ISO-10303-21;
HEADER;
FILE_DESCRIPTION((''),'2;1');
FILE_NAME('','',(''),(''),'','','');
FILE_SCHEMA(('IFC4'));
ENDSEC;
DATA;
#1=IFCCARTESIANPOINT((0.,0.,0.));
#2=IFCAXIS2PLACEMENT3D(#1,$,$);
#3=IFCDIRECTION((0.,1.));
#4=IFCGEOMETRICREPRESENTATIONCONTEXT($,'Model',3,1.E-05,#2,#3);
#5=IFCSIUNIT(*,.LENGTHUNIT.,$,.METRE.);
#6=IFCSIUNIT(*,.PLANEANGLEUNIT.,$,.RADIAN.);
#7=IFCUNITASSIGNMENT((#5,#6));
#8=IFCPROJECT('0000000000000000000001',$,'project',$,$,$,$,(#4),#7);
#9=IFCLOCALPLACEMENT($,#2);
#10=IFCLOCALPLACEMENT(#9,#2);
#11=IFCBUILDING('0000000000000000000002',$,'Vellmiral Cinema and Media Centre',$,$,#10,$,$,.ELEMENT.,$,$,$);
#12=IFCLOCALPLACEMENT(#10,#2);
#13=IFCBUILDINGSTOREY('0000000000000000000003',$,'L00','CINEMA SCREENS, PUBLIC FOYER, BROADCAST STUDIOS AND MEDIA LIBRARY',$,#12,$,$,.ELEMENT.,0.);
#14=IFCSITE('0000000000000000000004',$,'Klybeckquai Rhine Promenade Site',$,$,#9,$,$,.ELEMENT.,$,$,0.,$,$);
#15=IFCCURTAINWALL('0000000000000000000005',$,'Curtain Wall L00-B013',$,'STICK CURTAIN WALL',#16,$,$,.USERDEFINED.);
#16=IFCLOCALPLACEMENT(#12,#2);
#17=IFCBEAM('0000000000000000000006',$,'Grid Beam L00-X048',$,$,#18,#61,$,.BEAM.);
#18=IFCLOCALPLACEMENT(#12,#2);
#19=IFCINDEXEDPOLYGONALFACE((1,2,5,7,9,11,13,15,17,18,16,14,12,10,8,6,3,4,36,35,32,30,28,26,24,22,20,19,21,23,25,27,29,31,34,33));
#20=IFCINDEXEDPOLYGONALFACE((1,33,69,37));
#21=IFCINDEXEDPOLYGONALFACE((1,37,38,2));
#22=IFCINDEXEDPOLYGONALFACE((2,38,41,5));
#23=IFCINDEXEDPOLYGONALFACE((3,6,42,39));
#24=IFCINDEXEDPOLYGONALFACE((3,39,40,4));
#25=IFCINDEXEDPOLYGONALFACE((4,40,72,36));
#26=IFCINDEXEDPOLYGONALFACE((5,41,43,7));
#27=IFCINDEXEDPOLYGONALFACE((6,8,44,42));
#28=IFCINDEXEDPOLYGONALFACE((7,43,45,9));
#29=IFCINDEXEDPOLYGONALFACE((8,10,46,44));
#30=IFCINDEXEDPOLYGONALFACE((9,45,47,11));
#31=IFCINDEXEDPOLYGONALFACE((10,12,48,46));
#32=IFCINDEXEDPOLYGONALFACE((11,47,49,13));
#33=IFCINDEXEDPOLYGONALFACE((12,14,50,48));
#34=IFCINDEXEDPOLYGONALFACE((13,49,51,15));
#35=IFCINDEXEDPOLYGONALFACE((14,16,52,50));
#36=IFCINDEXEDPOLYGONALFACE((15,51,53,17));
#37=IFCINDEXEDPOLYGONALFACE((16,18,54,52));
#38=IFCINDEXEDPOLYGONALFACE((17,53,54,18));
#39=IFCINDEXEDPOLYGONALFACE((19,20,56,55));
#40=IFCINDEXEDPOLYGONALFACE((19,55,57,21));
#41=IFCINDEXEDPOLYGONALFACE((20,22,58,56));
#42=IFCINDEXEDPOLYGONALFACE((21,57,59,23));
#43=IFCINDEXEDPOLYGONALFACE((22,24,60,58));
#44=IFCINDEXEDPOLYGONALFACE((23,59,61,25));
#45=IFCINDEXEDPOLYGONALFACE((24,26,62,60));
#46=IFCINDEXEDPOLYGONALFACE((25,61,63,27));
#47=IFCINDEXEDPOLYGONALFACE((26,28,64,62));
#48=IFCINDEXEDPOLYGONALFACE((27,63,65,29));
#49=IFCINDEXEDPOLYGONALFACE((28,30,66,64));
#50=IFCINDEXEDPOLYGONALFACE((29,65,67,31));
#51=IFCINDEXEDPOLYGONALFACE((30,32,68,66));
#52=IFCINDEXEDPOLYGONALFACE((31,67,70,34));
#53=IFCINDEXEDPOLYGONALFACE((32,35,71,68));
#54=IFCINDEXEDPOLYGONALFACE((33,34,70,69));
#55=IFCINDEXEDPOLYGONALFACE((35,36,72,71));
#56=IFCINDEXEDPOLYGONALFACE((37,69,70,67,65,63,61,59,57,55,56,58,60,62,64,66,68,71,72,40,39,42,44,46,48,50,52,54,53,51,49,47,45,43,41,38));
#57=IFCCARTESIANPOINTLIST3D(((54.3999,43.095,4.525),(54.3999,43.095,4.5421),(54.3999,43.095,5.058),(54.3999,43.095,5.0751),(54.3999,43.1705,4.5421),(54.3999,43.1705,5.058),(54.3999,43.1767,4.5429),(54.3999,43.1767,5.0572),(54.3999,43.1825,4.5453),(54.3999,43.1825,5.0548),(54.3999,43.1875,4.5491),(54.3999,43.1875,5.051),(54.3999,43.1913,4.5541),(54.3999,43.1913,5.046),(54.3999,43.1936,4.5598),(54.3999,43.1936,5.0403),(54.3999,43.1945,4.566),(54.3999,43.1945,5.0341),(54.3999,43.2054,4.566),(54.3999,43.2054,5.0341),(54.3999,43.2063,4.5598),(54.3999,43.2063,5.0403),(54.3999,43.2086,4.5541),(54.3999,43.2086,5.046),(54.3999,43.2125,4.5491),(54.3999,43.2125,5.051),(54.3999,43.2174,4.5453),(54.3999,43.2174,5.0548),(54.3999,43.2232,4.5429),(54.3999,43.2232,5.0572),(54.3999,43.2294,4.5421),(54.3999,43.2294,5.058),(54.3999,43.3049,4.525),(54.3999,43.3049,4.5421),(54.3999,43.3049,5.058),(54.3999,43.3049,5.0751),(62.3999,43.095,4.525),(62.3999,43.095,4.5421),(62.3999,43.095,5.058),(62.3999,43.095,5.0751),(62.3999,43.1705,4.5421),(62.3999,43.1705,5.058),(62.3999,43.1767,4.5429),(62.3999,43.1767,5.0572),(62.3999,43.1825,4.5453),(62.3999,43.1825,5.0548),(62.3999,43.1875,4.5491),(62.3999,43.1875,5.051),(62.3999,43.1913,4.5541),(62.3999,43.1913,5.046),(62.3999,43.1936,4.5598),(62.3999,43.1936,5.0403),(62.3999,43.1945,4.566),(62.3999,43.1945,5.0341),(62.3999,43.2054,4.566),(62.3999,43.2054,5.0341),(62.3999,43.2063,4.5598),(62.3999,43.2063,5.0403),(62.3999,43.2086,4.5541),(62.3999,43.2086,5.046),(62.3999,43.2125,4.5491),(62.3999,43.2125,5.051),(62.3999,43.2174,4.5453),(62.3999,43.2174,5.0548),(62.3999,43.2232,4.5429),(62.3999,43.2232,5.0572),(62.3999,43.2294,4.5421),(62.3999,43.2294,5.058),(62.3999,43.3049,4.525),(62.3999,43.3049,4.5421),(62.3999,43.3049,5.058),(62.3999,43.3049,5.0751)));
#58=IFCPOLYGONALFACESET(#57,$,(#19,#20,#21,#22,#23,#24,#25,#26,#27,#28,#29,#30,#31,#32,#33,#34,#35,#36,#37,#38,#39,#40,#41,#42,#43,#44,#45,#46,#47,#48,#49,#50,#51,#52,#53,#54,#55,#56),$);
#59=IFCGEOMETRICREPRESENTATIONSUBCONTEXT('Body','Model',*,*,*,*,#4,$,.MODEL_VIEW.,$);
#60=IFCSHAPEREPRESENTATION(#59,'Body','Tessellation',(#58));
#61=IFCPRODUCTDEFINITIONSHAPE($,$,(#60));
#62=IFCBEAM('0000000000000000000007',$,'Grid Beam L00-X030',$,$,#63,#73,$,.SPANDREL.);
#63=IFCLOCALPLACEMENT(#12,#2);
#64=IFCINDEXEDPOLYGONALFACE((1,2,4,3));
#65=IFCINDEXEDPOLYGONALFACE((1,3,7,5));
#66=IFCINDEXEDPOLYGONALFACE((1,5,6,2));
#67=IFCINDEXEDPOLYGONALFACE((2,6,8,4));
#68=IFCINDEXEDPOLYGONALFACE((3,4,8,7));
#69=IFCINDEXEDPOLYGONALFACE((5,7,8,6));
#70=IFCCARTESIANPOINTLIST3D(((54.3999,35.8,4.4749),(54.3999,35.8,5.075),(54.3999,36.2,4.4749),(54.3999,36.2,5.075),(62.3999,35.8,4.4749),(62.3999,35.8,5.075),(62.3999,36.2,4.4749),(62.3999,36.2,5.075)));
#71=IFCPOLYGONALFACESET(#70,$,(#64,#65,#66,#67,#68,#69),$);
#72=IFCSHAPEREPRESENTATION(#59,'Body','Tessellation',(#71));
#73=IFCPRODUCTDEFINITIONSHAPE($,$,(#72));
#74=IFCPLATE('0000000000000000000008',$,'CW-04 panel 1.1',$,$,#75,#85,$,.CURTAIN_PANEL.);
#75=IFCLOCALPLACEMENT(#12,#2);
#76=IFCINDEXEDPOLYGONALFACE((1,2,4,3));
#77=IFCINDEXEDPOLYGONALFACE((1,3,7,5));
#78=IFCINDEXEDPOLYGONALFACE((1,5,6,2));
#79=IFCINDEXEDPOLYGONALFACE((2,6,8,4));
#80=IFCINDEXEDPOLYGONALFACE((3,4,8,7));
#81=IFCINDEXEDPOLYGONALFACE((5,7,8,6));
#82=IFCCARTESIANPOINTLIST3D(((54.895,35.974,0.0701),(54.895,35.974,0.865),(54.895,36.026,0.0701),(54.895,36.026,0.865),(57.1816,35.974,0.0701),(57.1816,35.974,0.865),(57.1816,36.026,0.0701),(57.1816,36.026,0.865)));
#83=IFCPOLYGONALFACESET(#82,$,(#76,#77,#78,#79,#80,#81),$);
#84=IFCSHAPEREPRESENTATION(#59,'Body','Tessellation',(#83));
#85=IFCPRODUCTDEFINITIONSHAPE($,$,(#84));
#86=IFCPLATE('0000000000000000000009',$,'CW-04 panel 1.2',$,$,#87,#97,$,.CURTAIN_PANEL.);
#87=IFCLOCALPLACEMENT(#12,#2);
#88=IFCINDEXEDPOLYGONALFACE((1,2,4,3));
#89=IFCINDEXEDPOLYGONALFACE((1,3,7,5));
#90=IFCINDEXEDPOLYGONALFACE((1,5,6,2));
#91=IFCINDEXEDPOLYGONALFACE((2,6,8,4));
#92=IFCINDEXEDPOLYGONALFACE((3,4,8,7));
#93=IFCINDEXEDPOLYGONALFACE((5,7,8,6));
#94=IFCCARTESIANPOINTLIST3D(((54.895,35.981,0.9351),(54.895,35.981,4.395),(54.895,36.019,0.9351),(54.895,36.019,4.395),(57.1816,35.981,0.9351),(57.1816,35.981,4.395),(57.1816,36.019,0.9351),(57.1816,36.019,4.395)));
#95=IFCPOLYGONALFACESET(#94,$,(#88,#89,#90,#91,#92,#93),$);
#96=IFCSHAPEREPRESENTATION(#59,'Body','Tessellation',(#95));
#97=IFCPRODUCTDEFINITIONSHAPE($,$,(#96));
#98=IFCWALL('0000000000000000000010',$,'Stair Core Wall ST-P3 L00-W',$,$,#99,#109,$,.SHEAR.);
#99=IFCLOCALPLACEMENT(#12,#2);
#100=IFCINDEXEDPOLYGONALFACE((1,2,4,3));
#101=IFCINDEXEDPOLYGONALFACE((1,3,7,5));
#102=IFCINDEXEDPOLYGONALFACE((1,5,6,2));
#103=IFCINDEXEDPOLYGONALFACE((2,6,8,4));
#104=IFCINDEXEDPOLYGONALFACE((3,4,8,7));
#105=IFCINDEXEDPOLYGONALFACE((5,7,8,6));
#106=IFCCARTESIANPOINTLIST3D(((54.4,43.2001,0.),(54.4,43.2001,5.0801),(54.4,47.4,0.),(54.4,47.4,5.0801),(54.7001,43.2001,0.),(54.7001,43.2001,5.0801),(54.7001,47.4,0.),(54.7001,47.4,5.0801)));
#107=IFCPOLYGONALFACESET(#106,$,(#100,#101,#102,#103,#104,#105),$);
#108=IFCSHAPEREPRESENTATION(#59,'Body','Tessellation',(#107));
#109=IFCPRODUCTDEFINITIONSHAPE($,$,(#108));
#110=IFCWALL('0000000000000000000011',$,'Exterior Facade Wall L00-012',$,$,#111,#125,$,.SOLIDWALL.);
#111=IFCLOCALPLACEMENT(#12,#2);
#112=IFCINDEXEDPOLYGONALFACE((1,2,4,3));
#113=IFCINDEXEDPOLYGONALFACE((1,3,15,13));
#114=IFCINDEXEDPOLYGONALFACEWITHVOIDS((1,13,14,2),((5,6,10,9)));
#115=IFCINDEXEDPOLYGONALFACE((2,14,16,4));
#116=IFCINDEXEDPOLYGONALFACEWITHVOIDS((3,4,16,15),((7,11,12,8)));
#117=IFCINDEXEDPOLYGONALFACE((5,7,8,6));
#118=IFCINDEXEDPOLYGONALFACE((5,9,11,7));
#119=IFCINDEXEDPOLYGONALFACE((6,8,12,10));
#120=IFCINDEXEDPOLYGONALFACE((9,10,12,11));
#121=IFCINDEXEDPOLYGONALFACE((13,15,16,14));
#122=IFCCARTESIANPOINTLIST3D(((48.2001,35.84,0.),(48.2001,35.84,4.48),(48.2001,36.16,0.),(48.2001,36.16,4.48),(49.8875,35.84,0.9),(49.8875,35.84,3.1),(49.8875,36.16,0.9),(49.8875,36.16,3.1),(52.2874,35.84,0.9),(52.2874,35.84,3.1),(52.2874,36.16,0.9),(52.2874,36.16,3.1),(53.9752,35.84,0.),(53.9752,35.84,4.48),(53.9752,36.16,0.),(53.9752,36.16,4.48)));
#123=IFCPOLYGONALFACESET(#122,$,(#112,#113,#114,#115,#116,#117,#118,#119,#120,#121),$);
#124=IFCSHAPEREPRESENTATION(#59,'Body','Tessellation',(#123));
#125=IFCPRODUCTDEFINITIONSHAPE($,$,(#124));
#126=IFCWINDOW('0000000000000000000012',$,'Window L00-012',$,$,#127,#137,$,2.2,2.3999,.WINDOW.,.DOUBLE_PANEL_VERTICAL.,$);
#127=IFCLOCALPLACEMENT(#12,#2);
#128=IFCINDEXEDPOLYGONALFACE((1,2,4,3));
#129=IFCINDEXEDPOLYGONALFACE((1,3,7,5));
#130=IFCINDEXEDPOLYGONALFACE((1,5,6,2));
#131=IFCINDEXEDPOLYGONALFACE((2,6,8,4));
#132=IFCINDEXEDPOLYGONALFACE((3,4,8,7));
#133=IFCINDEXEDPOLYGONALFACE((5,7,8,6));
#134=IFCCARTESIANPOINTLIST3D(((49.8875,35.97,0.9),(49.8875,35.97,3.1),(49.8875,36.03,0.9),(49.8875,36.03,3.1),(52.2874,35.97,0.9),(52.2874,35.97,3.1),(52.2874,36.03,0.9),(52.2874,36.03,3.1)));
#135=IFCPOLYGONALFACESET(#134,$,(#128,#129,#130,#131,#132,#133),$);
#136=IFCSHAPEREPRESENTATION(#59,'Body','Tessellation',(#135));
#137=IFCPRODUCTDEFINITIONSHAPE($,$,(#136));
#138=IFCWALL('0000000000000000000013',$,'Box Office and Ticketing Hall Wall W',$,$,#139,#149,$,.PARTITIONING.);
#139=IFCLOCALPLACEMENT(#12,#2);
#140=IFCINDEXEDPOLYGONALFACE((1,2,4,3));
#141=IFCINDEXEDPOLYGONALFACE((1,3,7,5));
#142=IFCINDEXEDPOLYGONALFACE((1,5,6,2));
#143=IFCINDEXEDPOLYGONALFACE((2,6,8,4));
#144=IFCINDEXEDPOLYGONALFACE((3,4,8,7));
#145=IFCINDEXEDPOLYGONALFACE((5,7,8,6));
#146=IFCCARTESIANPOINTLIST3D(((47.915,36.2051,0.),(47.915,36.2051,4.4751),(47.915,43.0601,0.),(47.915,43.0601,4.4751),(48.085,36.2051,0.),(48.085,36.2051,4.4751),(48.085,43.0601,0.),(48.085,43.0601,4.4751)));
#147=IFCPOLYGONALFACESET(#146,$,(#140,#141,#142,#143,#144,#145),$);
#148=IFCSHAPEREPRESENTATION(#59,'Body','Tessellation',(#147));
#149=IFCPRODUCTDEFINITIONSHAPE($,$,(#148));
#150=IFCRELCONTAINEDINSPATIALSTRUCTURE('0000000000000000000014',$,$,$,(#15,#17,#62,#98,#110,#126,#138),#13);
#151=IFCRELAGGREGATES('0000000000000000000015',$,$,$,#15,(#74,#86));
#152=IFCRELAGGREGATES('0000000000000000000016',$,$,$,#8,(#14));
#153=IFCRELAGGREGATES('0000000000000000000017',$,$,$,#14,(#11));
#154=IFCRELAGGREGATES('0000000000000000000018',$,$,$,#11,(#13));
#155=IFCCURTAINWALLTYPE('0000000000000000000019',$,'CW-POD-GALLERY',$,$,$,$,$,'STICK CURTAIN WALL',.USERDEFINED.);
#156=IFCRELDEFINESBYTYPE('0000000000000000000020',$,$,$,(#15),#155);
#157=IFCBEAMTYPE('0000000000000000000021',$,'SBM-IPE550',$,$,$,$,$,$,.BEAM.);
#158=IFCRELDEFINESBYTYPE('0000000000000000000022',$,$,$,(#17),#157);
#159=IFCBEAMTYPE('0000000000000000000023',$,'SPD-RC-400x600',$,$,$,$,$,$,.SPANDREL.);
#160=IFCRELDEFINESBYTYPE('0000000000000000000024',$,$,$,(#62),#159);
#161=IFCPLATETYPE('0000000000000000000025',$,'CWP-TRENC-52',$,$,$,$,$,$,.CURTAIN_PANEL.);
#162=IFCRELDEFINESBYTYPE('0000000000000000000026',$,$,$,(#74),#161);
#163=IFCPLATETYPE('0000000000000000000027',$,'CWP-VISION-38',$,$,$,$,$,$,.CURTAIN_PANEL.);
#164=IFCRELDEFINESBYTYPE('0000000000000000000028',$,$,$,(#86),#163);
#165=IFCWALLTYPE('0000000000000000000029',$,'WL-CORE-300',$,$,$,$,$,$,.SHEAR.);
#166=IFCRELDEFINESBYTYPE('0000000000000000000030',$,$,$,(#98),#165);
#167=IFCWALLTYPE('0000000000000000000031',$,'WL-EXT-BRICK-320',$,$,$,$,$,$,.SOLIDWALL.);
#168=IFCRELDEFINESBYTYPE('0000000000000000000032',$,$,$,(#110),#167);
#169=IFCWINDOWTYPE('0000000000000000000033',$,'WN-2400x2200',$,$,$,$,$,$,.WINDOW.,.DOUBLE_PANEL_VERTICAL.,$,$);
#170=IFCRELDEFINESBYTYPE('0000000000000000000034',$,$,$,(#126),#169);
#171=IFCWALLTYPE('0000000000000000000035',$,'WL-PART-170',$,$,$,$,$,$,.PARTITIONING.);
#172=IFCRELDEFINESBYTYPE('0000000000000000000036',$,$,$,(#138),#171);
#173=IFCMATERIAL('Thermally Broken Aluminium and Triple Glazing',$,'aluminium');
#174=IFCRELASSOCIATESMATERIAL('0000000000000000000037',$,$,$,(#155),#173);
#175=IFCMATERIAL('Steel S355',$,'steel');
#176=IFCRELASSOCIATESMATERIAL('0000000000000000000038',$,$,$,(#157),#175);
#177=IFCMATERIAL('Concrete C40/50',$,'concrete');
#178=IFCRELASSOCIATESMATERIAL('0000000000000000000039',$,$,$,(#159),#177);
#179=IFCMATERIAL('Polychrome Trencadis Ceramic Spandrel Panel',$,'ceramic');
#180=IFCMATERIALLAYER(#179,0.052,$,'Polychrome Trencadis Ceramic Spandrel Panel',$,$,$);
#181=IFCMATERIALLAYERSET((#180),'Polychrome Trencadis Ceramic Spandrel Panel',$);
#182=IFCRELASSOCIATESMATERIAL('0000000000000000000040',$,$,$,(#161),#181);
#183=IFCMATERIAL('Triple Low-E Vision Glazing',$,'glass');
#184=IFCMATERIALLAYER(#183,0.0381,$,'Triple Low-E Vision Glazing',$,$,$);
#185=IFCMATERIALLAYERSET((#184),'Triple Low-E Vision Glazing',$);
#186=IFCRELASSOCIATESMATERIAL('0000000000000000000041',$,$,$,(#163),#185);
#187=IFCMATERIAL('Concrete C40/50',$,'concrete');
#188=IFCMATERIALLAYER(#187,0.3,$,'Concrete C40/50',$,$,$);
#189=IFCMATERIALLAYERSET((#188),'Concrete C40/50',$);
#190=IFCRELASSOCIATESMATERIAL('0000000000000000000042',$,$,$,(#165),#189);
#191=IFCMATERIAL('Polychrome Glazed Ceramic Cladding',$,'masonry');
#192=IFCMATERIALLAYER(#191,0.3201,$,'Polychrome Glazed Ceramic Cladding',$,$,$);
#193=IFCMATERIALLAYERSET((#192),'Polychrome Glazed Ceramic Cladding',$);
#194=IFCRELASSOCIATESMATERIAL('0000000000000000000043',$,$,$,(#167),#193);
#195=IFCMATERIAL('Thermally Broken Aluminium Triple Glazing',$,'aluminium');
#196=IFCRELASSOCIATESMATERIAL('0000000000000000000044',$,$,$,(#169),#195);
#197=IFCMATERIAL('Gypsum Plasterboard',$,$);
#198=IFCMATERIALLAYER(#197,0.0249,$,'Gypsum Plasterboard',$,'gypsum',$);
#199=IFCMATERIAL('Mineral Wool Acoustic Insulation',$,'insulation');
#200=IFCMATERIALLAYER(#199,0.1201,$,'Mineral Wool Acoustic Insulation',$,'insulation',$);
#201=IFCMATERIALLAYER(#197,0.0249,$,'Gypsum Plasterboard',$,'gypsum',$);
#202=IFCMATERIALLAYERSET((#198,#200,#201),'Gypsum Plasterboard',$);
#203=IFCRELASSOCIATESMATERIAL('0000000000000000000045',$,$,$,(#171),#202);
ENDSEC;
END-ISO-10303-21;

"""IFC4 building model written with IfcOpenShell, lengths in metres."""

from ifc_helpers import new_model, si_unit, direction, frame, frame_2d, origin, origin_2d, place, context, subcontext, project, spatial, rectangle, i_section, extrude, material, layer, layer_set, material_profile, profile_set, type_object, element, fill, aggregate, save


model = new_model("IFC4")

# Units and contexts
model_context = context("Model", 3, precision=1e-05, world=origin(), true_north=direction((0.0, 1.0)))
body_context = subcontext(model_context, "Body", "Model", "MODEL_VIEW")
ifc_project = project(units=[si_unit("LENGTHUNIT", "METRE"), si_unit("PLANEANGLEUNIT", "RADIAN")], contexts=[model_context])

# Site, building, storey
site_placement = place(None, origin())
site = spatial("IfcSite", under=ifc_project, at=site_placement, Name="Klybeckquai Rhine Promenade Site", CompositionType="ELEMENT", RefElevation=0.0)
building_placement = place(site_placement, origin())
building = spatial("IfcBuilding", under=site, at=building_placement, Name="Vellmiral Cinema and Media Centre", CompositionType="ELEMENT")
storey_placement = place(building_placement, origin())
storey = spatial("IfcBuildingStorey", under=building, at=storey_placement, Name="L00", Description="CINEMA SCREENS, PUBLIC FOYER, BROADCAST STUDIOS AND MEDIA LIBRARY", CompositionType="ELEMENT", Elevation=0.0)

# Curtain wall
ifc_material_1 = material(Name="Thermally Broken Aluminium and Triple Glazing", Category="aluminium")
curtain_wall_type = type_object("IfcCurtainWallType", Name="CW-POD-GALLERY", ElementType="STICK CURTAIN WALL", PredefinedType="USERDEFINED", material=ifc_material_1)
curtain_wall_placement = place(storey_placement, origin())
curtain_wall = element("IfcCurtainWall", 1, at=curtain_wall_placement, inside=storey, type_object=curtain_wall_type, Name="Curtain Wall L00-B013", ObjectType="STICK CURTAIN WALL", PredefinedType="USERDEFINED")

# Beams
ifc_material_2 = material(Name="Steel S355", Category="steel")
ifc_material_profile_1 = material_profile(ifc_material_2, i_section(OverallWidth=0.21, OverallDepth=0.55, WebThickness=0.011, FlangeThickness=0.0171, FilletRadius=0.0239, at=origin_2d()), Name="IPE 550")
ifc_profile_set_1 = profile_set([ifc_material_profile_1], Name="Steel S355")
beam_type_1 = type_object("IfcBeamType", Name="SBM-IPE550", PredefinedType="BEAM", material=ifc_profile_set_1)
beam_1_placement = place(storey_placement, frame((54.3999, 43.2, 4.8), z_axis=(1.0, 0.0, 0.0), x_axis=(0.0, 1.0, 0.0)))
element("IfcBeam", 2, at=beam_1_placement, inside=storey, type_object=beam_type_1, Name="Grid Beam L00-X048", PredefinedType="BEAM", context=body_context, shape_type="SweptSolid", body=[
    extrude(i_section(OverallWidth=0.21, OverallDepth=0.55, WebThickness=0.011, FlangeThickness=0.0171, FilletRadius=0.0239, at=origin_2d()), origin(), (0.0, 0.0, 1.0), 8.0),
])
ifc_material_3 = material(Name="Concrete C40/50", Category="concrete")
ifc_material_profile_2 = material_profile(ifc_material_3, rectangle(XDim=0.3999, YDim=0.6001, at=origin_2d()), Name="RC 400x600")
ifc_profile_set_2 = profile_set([ifc_material_profile_2], Name="Concrete C40/50")
beam_type_2 = type_object("IfcBeamType", Name="SPD-RC-400x600", PredefinedType="SPANDREL", material=ifc_profile_set_2)
beam_2_placement = place(storey_placement, frame((54.3999, 36.0, 4.7749), z_axis=(1.0, 0.0, 0.0), x_axis=(0.0, 1.0, 0.0)))
element("IfcBeam", 3, at=beam_2_placement, inside=storey, type_object=beam_type_2, Name="Grid Beam L00-X030", PredefinedType="SPANDREL", context=body_context, shape_type="SweptSolid", body=[
    extrude(rectangle(XDim=0.3999, YDim=0.6001, at=origin_2d()), origin(), (0.0, 0.0, 1.0), 8.0),
])

# Plates
ifc_material_4 = material(Name="Polychrome Trencadis Ceramic Spandrel Panel", Category="ceramic")
ifc_layer_1 = layer(ifc_material_4, 0.052, Name="Polychrome Trencadis Ceramic Spandrel Panel")
ifc_layer_set_1 = layer_set([ifc_layer_1], Name="Polychrome Trencadis Ceramic Spandrel Panel")
plate_type_1 = type_object("IfcPlateType", Name="CWP-TRENC-52", PredefinedType="CURTAIN_PANEL", material=ifc_layer_set_1)
plate_1_placement = place(storey_placement, frame((56.0383, 36.0, 0.0701), z_axis=(0.0, 0.0, 1.0), x_axis=(1.0, 0.0, 0.0)))
plate_1 = element("IfcPlate", 4, at=plate_1_placement, type_object=plate_type_1, Name="CW-04 panel 1.1", PredefinedType="CURTAIN_PANEL", context=body_context, shape_type="SweptSolid", body=[
    extrude(rectangle(XDim=2.2866, YDim=0.052, at=origin_2d()), origin(), (0.0, 0.0, 1.0), 0.7949),
])
ifc_material_5 = material(Name="Triple Low-E Vision Glazing", Category="glass")
ifc_layer_2 = layer(ifc_material_5, 0.0381, Name="Triple Low-E Vision Glazing")
ifc_layer_set_2 = layer_set([ifc_layer_2], Name="Triple Low-E Vision Glazing")
plate_type_2 = type_object("IfcPlateType", Name="CWP-VISION-38", PredefinedType="CURTAIN_PANEL", material=ifc_layer_set_2)
plate_2_placement = place(storey_placement, frame((56.0383, 36.0, 0.9351), z_axis=(0.0, 0.0, 1.0), x_axis=(1.0, 0.0, 0.0)))
plate_2 = element("IfcPlate", 5, at=plate_2_placement, type_object=plate_type_2, Name="CW-04 panel 1.2", PredefinedType="CURTAIN_PANEL", context=body_context, shape_type="SweptSolid", body=[
    extrude(rectangle(XDim=2.2866, YDim=0.0381, at=origin_2d()), origin(), (0.0, 0.0, 1.0), 3.46),
])
aggregate(curtain_wall, [plate_1, plate_2])

# Wall
ifc_material_6 = material(Name="Concrete C40/50", Category="concrete")
ifc_layer_3 = layer(ifc_material_6, 0.3, Name="Concrete C40/50")
ifc_layer_set_3 = layer_set([ifc_layer_3], Name="Concrete C40/50")
wall_type_1 = type_object("IfcWallType", Name="WL-CORE-300", PredefinedType="SHEAR", material=ifc_layer_set_3)
wall_1_placement = place(storey_placement, frame((54.55, 43.2, 0.0), z_axis=(0.0, 0.0, 1.0), x_axis=(0.0, 1.0, 0.0)))
element("IfcWall", 6, at=wall_1_placement, inside=storey, type_object=wall_type_1, Name="Stair Core Wall ST-P3 L00-W", PredefinedType="SHEAR", context=body_context, shape_type="SweptSolid", body=[
    extrude(rectangle(XDim=4.2, YDim=0.3, at=frame_2d((2.1001, 0.0))), origin(), (0.0, 0.0, 1.0), 5.0801),
])

# Wall, opening, window
ifc_material_7 = material(Name="Polychrome Glazed Ceramic Cladding", Category="masonry")
ifc_layer_4 = layer(ifc_material_7, 0.3201, Name="Polychrome Glazed Ceramic Cladding")
ifc_layer_set_4 = layer_set([ifc_layer_4], Name="Polychrome Glazed Ceramic Cladding")
wall_type_2 = type_object("IfcWallType", Name="WL-EXT-BRICK-320", PredefinedType="SOLIDWALL", material=ifc_layer_set_4)
wall_2_placement = place(storey_placement, frame((48.2, 36.0, 0.0), z_axis=(0.0, 0.0, 1.0), x_axis=(1.0, 0.0, 0.0)))
wall_2 = element("IfcWall", 7, at=wall_2_placement, inside=storey, type_object=wall_type_2, Name="Exterior Facade Wall L00-012", PredefinedType="SOLIDWALL", context=body_context, shape_type="SweptSolid", body=[
    extrude(rectangle(XDim=5.7751, YDim=0.3201, at=frame_2d((2.8877, 0.0))), origin(), (0.0, 0.0, 1.0), 4.48),
])
opening_1_placement = place(wall_2_placement, frame((1.6875, 0.0, 0.8999)))
opening_1 = element("IfcOpeningElement", 8, at=opening_1_placement, cuts=wall_2, PredefinedType="OPENING", context=body_context, shape_type="SweptSolid", body=[
    extrude(rectangle(XDim=2.3999, YDim=2.2, at=frame_2d((1.2, 1.1001))), frame((0.0, 0.1719, 0.0), z_axis=(0.0, -1.0, 0.0), x_axis=(1.0, 0.0, 0.0)), (0.0, 0.0, 1.0), 0.344),
])
ifc_material_8 = material(Name="Thermally Broken Aluminium Triple Glazing", Category="aluminium")
window_type = type_object("IfcWindowType", Name="WN-2400x2200", PartitioningType="DOUBLE_PANEL_VERTICAL", PredefinedType="WINDOW", material=ifc_material_8)
window_placement = place(opening_1_placement, origin())
window = element("IfcWindow", 9, at=window_placement, inside=storey, type_object=window_type, Name="Window L00-012", OverallHeight=2.2, OverallWidth=2.3999, PartitioningType="DOUBLE_PANEL_VERTICAL", PredefinedType="WINDOW", context=body_context, shape_type="SweptSolid", body=[
    extrude(rectangle(XDim=2.3999, YDim=2.2, at=frame_2d((1.2, 1.1001))), frame((0.0, 0.03, 0.0), z_axis=(0.0, -1.0, 0.0), x_axis=(1.0, 0.0, 0.0)), (0.0, 0.0, 1.0), 0.0601),
])
fill(opening_1, window)

# Wall
ifc_material_9 = material(Name="Gypsum Plasterboard")
ifc_layer_5 = layer(ifc_material_9, 0.0249, Name="Gypsum Plasterboard", Category="gypsum")
ifc_material_10 = material(Name="Mineral Wool Acoustic Insulation", Category="insulation")
ifc_layer_6 = layer(ifc_material_10, 0.1201, Name="Mineral Wool Acoustic Insulation", Category="insulation")
ifc_layer_7 = layer(ifc_material_9, 0.0249, Name="Gypsum Plasterboard", Category="gypsum")
ifc_layer_set_5 = layer_set([ifc_layer_5, ifc_layer_6, ifc_layer_7], Name="Gypsum Plasterboard")
wall_type_3 = type_object("IfcWallType", Name="WL-PART-170", PredefinedType="PARTITIONING", material=ifc_layer_set_5)
wall_3_placement = place(storey_placement, frame((48.0, 36.2051, 0.0), z_axis=(0.0, 0.0, 1.0), x_axis=(0.0, 1.0, 0.0)))
element("IfcWall", 10, at=wall_3_placement, inside=storey, type_object=wall_type_3, Name="Box Office and Ticketing Hall Wall W", PredefinedType="PARTITIONING", context=body_context, shape_type="SweptSolid", body=[
    extrude(rectangle(XDim=6.855, YDim=0.1699, at=frame_2d((3.4275, 0.0))), origin(), (0.0, 0.0, 1.0), 4.4751),
])

save(model, "model.ifc")
